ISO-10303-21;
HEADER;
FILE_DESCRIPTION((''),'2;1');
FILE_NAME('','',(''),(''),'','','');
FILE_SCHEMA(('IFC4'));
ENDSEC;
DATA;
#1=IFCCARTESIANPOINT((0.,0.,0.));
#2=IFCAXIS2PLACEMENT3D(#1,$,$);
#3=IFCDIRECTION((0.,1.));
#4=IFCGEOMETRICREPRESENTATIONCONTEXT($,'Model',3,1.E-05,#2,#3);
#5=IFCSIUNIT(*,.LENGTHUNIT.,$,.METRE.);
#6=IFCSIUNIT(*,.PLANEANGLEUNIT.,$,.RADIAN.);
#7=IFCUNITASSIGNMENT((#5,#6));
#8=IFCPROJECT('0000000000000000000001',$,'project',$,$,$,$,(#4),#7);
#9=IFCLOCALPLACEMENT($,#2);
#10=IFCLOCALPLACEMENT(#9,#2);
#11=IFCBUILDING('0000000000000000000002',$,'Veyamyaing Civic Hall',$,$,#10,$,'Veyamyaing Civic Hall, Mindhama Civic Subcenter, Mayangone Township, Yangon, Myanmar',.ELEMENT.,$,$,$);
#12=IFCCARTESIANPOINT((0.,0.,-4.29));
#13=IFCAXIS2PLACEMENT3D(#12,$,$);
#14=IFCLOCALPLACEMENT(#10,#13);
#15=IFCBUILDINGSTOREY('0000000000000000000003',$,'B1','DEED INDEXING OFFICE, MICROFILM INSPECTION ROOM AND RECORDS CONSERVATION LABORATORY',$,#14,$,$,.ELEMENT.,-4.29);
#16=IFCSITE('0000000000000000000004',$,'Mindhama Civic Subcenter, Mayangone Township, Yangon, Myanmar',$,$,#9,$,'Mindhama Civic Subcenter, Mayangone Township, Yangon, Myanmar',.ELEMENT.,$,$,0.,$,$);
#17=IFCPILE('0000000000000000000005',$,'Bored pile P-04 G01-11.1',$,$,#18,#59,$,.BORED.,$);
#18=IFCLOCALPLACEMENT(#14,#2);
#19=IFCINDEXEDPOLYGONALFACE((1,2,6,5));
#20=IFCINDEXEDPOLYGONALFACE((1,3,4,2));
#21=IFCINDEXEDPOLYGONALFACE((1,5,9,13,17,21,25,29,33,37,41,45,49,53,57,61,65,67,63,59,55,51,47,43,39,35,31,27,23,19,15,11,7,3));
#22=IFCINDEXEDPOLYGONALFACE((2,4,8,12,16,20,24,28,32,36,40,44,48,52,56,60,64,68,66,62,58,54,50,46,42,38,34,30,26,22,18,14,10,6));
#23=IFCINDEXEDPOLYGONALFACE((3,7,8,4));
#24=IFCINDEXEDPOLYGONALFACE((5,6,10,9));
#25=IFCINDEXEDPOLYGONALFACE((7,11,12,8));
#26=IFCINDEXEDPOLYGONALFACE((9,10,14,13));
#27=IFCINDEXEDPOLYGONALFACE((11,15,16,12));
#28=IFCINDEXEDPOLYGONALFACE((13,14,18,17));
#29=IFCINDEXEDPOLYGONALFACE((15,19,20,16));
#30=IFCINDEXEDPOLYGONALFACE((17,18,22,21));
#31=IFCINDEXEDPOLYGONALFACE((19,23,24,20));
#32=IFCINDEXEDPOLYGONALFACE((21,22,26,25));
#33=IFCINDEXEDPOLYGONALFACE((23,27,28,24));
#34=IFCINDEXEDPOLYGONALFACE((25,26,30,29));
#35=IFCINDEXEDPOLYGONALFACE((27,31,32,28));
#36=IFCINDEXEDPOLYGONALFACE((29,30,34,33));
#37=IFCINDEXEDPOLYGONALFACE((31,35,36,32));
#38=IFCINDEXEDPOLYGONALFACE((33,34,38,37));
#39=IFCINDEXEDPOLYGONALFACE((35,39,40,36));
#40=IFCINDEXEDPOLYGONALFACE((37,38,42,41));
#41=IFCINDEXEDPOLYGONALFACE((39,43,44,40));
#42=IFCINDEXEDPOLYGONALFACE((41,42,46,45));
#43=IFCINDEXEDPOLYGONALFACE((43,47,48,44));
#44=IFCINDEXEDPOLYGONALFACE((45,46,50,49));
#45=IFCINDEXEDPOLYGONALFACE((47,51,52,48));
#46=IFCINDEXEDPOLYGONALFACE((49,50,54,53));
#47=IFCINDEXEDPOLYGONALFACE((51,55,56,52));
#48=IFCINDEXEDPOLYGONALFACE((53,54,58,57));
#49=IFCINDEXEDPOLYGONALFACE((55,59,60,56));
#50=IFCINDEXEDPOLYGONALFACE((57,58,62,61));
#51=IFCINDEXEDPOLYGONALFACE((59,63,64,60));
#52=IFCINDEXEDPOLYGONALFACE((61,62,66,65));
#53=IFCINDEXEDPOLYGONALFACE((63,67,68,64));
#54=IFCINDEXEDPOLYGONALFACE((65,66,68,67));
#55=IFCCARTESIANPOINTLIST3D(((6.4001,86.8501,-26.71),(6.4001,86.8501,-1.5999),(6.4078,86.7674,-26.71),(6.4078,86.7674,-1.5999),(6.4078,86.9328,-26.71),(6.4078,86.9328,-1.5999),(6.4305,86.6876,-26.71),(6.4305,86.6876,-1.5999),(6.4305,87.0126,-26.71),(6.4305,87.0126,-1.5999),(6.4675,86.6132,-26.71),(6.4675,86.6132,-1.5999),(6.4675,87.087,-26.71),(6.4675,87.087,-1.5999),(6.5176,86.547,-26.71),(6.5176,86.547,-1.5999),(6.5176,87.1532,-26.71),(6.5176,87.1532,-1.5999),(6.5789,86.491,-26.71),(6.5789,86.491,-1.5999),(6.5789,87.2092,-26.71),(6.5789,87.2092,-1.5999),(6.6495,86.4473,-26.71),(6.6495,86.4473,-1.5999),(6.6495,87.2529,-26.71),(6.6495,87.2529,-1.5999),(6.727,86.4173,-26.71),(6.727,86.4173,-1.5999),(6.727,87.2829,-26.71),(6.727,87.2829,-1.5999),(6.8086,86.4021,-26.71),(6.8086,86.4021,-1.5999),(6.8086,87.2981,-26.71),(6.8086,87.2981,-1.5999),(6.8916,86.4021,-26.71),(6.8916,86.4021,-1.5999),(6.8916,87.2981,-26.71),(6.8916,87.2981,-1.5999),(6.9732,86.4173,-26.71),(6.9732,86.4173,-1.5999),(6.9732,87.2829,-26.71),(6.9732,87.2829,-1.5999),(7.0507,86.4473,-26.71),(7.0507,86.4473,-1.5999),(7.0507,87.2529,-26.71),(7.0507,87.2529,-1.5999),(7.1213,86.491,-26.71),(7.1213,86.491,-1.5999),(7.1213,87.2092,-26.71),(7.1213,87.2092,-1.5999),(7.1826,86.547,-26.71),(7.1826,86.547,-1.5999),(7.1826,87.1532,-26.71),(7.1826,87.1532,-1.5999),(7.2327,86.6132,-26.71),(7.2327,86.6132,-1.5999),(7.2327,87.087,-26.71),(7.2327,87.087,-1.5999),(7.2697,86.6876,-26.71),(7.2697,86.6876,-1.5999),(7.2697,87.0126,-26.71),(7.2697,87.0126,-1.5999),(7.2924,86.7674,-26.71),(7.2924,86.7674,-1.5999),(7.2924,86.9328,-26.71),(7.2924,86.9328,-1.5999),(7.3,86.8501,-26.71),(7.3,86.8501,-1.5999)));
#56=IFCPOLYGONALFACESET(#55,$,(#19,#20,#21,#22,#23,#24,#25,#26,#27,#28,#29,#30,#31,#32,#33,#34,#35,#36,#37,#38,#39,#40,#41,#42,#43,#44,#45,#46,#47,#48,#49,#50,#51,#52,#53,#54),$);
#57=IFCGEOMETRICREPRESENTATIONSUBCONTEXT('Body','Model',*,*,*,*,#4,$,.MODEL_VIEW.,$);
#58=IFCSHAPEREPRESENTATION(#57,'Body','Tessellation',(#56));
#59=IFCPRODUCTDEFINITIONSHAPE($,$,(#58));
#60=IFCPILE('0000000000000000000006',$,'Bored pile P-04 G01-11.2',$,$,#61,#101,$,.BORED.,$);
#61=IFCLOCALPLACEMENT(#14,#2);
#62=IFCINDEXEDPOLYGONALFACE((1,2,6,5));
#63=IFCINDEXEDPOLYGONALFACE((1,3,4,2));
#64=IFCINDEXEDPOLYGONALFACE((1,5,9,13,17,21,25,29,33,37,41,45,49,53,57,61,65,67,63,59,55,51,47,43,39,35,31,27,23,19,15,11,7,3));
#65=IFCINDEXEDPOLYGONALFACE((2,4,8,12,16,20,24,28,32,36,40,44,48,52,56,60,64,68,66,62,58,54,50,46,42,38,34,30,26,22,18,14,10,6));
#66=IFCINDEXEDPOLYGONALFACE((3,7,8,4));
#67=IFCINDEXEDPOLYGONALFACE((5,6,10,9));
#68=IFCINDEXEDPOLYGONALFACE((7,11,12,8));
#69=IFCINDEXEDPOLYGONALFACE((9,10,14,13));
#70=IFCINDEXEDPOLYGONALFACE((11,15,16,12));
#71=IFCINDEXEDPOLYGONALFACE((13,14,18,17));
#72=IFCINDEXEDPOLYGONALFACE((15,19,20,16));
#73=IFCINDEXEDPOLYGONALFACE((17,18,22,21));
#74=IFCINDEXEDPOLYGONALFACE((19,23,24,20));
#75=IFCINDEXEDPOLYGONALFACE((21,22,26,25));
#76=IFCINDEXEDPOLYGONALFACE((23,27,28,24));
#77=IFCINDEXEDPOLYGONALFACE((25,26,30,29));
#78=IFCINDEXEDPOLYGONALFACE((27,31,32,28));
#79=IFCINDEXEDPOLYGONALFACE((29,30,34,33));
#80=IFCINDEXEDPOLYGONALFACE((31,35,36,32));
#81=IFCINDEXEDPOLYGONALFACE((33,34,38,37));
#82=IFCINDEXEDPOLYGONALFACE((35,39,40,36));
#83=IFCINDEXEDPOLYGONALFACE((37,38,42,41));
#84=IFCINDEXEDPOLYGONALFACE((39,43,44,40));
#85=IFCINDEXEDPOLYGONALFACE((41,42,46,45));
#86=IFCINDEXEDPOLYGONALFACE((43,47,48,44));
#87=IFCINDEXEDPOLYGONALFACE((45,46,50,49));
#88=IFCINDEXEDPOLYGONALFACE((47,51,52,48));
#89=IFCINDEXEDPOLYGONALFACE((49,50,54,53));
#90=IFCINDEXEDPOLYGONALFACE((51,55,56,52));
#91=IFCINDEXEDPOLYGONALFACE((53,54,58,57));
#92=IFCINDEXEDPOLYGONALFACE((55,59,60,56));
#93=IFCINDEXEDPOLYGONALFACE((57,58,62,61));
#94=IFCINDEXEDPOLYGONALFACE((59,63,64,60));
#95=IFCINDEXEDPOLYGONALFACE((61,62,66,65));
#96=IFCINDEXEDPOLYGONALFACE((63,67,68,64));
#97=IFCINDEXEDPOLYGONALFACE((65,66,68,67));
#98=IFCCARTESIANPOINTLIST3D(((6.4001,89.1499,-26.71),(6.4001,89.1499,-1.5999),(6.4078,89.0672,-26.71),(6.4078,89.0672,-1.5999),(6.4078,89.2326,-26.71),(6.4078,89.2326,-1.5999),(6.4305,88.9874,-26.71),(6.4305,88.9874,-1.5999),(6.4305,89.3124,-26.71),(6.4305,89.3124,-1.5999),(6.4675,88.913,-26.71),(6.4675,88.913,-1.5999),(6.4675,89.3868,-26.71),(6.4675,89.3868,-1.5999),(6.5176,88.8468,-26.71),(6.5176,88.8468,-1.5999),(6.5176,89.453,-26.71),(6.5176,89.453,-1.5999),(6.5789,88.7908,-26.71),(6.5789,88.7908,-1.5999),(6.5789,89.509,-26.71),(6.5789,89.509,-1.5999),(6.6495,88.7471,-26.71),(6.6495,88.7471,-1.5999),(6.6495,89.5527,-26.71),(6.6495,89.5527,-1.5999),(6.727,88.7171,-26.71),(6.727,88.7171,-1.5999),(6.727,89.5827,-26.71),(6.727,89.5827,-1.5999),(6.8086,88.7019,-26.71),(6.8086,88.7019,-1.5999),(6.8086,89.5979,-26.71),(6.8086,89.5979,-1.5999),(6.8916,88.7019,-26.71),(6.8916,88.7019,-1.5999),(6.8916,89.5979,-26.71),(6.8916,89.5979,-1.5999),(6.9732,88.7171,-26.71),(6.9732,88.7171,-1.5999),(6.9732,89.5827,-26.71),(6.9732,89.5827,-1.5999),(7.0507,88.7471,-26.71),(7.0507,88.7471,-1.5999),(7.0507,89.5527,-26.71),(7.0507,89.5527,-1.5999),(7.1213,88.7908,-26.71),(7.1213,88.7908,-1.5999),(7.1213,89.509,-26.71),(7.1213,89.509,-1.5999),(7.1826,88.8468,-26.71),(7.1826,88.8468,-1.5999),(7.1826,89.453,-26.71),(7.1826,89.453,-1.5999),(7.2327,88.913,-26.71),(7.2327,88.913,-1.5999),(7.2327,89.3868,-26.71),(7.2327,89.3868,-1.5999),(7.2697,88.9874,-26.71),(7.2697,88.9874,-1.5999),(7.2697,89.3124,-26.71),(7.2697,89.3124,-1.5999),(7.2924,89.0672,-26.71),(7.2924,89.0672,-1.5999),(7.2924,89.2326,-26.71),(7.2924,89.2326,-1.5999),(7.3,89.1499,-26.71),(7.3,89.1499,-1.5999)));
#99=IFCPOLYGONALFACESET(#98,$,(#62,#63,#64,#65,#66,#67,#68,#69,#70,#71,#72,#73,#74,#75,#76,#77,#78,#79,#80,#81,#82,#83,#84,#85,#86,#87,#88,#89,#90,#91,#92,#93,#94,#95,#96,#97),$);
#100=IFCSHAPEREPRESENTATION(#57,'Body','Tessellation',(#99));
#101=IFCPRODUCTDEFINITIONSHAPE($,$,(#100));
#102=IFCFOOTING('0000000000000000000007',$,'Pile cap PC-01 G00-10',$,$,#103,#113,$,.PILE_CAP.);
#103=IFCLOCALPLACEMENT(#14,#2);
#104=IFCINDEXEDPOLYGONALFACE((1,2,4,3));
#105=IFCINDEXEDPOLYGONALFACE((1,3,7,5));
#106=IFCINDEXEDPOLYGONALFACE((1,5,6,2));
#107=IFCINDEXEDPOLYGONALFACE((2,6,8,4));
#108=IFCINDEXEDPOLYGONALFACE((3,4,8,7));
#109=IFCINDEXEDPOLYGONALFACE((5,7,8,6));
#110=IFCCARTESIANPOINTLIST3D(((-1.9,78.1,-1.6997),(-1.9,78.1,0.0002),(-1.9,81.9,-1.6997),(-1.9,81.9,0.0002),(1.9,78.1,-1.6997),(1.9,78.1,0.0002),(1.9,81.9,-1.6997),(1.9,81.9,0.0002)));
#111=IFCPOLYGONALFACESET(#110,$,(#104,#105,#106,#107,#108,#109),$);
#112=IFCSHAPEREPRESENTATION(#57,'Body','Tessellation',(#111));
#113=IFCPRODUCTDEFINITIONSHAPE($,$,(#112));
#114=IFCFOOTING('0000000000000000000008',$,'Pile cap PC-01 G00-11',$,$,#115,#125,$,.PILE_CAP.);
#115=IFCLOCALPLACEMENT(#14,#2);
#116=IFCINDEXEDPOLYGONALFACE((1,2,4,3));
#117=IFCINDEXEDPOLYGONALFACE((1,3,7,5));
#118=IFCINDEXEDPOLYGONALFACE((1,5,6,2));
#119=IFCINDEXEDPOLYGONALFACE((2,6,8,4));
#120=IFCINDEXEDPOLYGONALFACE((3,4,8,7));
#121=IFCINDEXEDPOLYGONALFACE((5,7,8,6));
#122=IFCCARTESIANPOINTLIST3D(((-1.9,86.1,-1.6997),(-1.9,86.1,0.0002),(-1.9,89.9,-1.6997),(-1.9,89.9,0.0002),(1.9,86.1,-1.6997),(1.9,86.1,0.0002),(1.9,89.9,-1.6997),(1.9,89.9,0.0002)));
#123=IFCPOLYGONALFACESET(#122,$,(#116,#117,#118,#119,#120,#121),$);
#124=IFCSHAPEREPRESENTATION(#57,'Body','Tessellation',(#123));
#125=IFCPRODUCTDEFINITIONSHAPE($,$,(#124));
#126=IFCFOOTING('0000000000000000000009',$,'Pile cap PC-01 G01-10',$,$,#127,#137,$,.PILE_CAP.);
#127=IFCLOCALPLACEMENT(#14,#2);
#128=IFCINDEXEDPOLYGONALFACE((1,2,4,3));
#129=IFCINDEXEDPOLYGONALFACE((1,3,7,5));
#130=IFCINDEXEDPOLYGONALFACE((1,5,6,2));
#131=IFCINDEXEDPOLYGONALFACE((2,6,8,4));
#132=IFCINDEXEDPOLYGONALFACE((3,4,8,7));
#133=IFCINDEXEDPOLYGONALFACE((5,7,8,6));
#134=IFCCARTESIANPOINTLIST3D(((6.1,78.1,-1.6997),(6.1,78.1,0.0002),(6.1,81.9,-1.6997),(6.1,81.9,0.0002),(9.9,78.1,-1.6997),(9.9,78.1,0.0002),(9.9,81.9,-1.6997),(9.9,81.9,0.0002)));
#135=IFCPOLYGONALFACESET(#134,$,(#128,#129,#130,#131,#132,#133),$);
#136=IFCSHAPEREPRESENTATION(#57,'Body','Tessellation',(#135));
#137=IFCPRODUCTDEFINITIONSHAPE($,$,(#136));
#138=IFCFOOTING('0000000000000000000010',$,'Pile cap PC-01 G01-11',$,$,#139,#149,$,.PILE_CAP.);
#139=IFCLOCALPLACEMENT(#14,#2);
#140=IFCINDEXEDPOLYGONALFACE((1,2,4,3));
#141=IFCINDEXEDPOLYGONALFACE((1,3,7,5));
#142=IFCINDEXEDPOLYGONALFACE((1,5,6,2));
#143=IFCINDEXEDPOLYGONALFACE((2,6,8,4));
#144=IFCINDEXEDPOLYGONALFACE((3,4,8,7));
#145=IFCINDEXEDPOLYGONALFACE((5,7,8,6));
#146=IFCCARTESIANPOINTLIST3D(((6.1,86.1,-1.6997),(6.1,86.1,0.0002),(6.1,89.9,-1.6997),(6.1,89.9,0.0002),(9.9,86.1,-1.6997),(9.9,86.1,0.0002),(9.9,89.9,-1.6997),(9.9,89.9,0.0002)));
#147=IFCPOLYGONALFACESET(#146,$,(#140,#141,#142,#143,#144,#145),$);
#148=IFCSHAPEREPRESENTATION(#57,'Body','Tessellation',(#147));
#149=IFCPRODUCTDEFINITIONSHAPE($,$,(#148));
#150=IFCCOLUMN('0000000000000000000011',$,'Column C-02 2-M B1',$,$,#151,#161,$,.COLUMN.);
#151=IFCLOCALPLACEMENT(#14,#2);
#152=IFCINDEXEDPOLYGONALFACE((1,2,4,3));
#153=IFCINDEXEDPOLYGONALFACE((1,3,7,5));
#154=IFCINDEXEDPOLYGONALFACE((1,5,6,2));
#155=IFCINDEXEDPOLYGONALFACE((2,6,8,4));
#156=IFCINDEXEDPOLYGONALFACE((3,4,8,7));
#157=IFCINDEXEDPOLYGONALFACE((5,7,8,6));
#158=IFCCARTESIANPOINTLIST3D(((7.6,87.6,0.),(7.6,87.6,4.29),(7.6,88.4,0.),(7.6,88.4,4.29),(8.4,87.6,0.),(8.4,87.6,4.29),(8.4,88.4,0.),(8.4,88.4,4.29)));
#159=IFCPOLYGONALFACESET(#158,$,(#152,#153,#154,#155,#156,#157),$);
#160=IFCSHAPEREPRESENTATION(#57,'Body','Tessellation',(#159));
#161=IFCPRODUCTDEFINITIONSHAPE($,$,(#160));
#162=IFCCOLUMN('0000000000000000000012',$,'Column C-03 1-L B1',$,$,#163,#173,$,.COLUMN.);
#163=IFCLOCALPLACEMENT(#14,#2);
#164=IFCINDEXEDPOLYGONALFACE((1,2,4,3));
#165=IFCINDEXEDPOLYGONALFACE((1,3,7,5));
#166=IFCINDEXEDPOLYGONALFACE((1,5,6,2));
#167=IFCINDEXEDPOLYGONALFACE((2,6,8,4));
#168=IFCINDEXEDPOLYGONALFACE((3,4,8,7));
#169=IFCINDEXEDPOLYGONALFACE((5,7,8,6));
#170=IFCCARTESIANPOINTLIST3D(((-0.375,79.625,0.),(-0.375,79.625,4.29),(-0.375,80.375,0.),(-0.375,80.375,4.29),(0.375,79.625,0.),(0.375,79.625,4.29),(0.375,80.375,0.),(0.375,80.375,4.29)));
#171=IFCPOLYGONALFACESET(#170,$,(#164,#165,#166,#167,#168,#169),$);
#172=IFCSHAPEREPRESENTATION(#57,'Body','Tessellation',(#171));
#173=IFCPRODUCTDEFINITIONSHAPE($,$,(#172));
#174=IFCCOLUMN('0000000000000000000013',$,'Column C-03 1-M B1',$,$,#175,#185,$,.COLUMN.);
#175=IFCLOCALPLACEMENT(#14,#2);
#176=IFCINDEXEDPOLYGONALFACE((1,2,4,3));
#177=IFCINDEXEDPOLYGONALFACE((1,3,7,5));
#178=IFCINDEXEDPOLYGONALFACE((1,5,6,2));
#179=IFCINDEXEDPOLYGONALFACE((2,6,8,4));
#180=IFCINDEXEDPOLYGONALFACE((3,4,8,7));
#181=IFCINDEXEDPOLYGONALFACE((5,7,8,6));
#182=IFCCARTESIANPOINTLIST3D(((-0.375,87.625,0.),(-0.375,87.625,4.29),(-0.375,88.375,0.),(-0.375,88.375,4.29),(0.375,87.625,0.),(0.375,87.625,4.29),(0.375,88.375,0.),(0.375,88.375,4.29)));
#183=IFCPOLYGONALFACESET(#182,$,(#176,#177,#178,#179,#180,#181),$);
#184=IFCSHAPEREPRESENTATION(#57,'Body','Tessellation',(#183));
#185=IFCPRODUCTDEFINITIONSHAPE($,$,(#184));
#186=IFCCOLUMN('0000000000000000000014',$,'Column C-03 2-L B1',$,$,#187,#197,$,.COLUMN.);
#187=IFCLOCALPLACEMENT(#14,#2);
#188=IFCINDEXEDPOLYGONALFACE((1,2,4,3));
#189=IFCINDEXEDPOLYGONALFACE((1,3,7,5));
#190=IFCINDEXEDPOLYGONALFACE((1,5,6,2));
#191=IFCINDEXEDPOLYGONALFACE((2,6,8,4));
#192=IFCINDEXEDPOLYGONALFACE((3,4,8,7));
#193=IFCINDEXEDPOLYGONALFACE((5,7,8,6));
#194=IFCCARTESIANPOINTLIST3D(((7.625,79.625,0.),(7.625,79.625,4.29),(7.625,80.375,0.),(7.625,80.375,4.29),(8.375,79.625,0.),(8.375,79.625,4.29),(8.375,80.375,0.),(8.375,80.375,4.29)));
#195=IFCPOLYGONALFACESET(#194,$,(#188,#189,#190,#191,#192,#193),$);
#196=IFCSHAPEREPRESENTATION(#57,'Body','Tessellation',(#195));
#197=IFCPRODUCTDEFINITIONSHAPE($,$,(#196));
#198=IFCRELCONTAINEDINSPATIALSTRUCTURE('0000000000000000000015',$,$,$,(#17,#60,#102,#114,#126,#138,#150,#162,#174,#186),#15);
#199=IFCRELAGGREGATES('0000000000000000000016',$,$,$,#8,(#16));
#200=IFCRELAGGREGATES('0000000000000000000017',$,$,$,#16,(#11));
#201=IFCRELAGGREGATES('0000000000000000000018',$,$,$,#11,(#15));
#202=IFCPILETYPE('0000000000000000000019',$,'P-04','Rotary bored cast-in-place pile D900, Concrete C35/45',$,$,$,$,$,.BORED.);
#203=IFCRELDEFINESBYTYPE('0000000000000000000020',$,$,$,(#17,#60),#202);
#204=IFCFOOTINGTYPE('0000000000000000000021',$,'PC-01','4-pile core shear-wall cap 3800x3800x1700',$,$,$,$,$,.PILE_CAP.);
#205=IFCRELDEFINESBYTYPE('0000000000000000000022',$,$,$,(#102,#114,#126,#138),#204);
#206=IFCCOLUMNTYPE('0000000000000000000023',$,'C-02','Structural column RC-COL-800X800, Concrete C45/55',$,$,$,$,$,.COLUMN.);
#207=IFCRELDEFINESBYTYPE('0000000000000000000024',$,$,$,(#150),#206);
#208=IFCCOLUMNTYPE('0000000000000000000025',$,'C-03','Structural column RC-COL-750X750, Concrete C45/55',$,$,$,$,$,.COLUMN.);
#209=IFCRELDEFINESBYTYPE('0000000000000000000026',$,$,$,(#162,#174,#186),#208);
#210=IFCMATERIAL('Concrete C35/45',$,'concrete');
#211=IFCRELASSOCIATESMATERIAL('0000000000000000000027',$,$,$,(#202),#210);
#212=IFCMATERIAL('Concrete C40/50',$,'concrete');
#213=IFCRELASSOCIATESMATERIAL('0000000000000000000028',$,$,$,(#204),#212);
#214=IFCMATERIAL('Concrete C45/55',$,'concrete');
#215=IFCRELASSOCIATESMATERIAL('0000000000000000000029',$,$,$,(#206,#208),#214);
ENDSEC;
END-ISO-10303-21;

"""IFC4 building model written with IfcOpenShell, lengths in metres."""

from ifc_helpers import new_model, si_unit, direction, frame, origin, origin_2d, place, context, subcontext, project, spatial, rectangle, circle, extrude, material, material_profile, profile_set, type_object, element, save


model = new_model("IFC4")

# Units and contexts
model_context = context("Model", 3, precision=1e-05, world=origin(), true_north=direction((0.0, 1.0)))
body_context = subcontext(model_context, "Body", "Model", "MODEL_VIEW")
ifc_project = project(units=[si_unit("LENGTHUNIT", "METRE"), si_unit("PLANEANGLEUNIT", "RADIAN")], contexts=[model_context])

# Site, building, storey
site_placement = place(None, origin())
site = spatial("IfcSite", under=ifc_project, at=site_placement, Name="Mindhama Civic Subcenter, Mayangone Township, Yangon, Myanmar", LongName="Mindhama Civic Subcenter, Mayangone Township, Yangon, Myanmar", CompositionType="ELEMENT", RefElevation=0.0)
building_placement = place(site_placement, origin())
building = spatial("IfcBuilding", under=site, at=building_placement, Name="Veyamyaing Civic Hall", LongName="Veyamyaing Civic Hall, Mindhama Civic Subcenter, Mayangone Township, Yangon, Myanmar", CompositionType="ELEMENT")
storey_placement = place(building_placement, frame((0.0, 0.0, -4.29)))
storey = spatial("IfcBuildingStorey", under=building, at=storey_placement, Name="B1", Description="DEED INDEXING OFFICE, MICROFILM INSPECTION ROOM AND RECORDS CONSERVATION LABORATORY", CompositionType="ELEMENT", Elevation=-4.29)

# Shared definitions
ifc_material_1 = material(Name="Concrete C40/50", Category="concrete")

# Piles
ifc_material_2 = material(Name="Concrete C35/45", Category="concrete")
ifc_material_profile_1 = material_profile(ifc_material_2, circle(Radius=0.45, at=origin_2d()), Name="PILE-D900")
ifc_profile_set_1 = profile_set([ifc_material_profile_1], Name="Concrete C35/45")
pile_type = type_object("IfcPileType", Name="P-04", Description="Rotary bored cast-in-place pile D900, Concrete C35/45", PredefinedType="BORED", material=ifc_profile_set_1)
for number, where, z_axis, x_axis, name in (
    (1, (6.8501, 86.8501, -1.5999), (0.0, 0.0, -1.0), (1.0, 0.0, 0.0), "Bored pile P-04 G01-11.1"),
    (2, (6.8501, 89.1499, -1.5999), (0.0, 0.0, -1.0), (1.0, 0.0, 0.0), "Bored pile P-04 G01-11.2"),
):
    element("IfcPile", number, at=place(storey_placement, frame(where, z_axis=z_axis, x_axis=x_axis)), inside=storey, type_object=pile_type, Name=name, PredefinedType="BORED", context=body_context, shape_type="SweptSolid", body=[
        extrude(circle(Radius=0.45, at=origin_2d()), origin(), (0.0, 0.0, 1.0), 25.1101),
    ])

# Footings
footing_type_1 = type_object("IfcFootingType", Name="PC-01", Description="4-pile core shear-wall cap 3800x3800x1700", PredefinedType="PILE_CAP", material=ifc_material_1)
for number, where, z_axis, x_axis, name in (
    (3, (0.0, 80.0, -1.6997), (0.0, 0.0, 1.0), (1.0, 0.0, 0.0), "Pile cap PC-01 G00-10"),
    (4, (0.0, 88.0, -1.6997), (0.0, 0.0, 1.0), (1.0, 0.0, 0.0), "Pile cap PC-01 G00-11"),
    (5, (8.0, 80.0, -1.6997), (0.0, 0.0, 1.0), (1.0, 0.0, 0.0), "Pile cap PC-01 G01-10"),
    (6, (8.0, 88.0, -1.6997), (0.0, 0.0, 1.0), (1.0, 0.0, 0.0), "Pile cap PC-01 G01-11"),
):
    element("IfcFooting", number, at=place(storey_placement, frame(where, z_axis=z_axis, x_axis=x_axis)), inside=storey, type_object=footing_type_1, Name=name, PredefinedType="PILE_CAP", context=body_context, shape_type="SweptSolid", body=[
        extrude(rectangle(XDim=3.8, YDim=3.8, at=origin_2d()), origin(), (0.0, 0.0, 1.0), 1.7),
    ])

# Columns
ifc_material_3 = material(Name="Concrete C45/55", Category="concrete")
ifc_material_profile_2 = material_profile(ifc_material_3, rectangle(XDim=0.8, YDim=0.8, at=origin_2d()), Name="RC-COL-800X800")
ifc_profile_set_2 = profile_set([ifc_material_profile_2], Name="Concrete C45/55")
column_type_1 = type_object("IfcColumnType", Name="C-02", Description="Structural column RC-COL-800X800, Concrete C45/55", PredefinedType="COLUMN", material=ifc_profile_set_2)
column_placement = place(storey_placement, frame((8.0, 88.0, 0.0), z_axis=(0.0, 0.0, 1.0), x_axis=(1.0, 0.0, 0.0)))
element("IfcColumn", 7, at=column_placement, inside=storey, type_object=column_type_1, Name="Column C-02 2-M B1", PredefinedType="COLUMN", context=body_context, shape_type="SweptSolid", body=[
    extrude(rectangle(XDim=0.8, YDim=0.8, at=origin_2d()), origin(), (0.0, 0.0, 1.0), 4.29),
])
ifc_material_profile_3 = material_profile(ifc_material_3, rectangle(XDim=0.75, YDim=0.75, at=origin_2d()), Name="RC-COL-750X750")
ifc_profile_set_3 = profile_set([ifc_material_profile_3], Name="Concrete C45/55")
column_type_2 = type_object("IfcColumnType", Name="C-03", Description="Structural column RC-COL-750X750, Concrete C45/55", PredefinedType="COLUMN", material=ifc_profile_set_3)
for number, where, z_axis, x_axis, name in (
    (8, (0.0, 80.0, 0.0), (0.0, 0.0, 1.0), (1.0, 0.0, 0.0), "Column C-03 1-L B1"),
    (9, (0.0, 88.0, 0.0), (0.0, 0.0, 1.0), (1.0, 0.0, 0.0), "Column C-03 1-M B1"),
    (10, (8.0, 80.0, 0.0), (0.0, 0.0, 1.0), (1.0, 0.0, 0.0), "Column C-03 2-L B1"),
):
    element("IfcColumn", number, at=place(storey_placement, frame(where, z_axis=z_axis, x_axis=x_axis)), inside=storey, type_object=column_type_2, Name=name, PredefinedType="COLUMN", context=body_context, shape_type="SweptSolid", body=[
        extrude(rectangle(XDim=0.75, YDim=0.75, at=origin_2d()), origin(), (0.0, 0.0, 1.0), 4.29),
    ])

save(model, "model.ifc")
